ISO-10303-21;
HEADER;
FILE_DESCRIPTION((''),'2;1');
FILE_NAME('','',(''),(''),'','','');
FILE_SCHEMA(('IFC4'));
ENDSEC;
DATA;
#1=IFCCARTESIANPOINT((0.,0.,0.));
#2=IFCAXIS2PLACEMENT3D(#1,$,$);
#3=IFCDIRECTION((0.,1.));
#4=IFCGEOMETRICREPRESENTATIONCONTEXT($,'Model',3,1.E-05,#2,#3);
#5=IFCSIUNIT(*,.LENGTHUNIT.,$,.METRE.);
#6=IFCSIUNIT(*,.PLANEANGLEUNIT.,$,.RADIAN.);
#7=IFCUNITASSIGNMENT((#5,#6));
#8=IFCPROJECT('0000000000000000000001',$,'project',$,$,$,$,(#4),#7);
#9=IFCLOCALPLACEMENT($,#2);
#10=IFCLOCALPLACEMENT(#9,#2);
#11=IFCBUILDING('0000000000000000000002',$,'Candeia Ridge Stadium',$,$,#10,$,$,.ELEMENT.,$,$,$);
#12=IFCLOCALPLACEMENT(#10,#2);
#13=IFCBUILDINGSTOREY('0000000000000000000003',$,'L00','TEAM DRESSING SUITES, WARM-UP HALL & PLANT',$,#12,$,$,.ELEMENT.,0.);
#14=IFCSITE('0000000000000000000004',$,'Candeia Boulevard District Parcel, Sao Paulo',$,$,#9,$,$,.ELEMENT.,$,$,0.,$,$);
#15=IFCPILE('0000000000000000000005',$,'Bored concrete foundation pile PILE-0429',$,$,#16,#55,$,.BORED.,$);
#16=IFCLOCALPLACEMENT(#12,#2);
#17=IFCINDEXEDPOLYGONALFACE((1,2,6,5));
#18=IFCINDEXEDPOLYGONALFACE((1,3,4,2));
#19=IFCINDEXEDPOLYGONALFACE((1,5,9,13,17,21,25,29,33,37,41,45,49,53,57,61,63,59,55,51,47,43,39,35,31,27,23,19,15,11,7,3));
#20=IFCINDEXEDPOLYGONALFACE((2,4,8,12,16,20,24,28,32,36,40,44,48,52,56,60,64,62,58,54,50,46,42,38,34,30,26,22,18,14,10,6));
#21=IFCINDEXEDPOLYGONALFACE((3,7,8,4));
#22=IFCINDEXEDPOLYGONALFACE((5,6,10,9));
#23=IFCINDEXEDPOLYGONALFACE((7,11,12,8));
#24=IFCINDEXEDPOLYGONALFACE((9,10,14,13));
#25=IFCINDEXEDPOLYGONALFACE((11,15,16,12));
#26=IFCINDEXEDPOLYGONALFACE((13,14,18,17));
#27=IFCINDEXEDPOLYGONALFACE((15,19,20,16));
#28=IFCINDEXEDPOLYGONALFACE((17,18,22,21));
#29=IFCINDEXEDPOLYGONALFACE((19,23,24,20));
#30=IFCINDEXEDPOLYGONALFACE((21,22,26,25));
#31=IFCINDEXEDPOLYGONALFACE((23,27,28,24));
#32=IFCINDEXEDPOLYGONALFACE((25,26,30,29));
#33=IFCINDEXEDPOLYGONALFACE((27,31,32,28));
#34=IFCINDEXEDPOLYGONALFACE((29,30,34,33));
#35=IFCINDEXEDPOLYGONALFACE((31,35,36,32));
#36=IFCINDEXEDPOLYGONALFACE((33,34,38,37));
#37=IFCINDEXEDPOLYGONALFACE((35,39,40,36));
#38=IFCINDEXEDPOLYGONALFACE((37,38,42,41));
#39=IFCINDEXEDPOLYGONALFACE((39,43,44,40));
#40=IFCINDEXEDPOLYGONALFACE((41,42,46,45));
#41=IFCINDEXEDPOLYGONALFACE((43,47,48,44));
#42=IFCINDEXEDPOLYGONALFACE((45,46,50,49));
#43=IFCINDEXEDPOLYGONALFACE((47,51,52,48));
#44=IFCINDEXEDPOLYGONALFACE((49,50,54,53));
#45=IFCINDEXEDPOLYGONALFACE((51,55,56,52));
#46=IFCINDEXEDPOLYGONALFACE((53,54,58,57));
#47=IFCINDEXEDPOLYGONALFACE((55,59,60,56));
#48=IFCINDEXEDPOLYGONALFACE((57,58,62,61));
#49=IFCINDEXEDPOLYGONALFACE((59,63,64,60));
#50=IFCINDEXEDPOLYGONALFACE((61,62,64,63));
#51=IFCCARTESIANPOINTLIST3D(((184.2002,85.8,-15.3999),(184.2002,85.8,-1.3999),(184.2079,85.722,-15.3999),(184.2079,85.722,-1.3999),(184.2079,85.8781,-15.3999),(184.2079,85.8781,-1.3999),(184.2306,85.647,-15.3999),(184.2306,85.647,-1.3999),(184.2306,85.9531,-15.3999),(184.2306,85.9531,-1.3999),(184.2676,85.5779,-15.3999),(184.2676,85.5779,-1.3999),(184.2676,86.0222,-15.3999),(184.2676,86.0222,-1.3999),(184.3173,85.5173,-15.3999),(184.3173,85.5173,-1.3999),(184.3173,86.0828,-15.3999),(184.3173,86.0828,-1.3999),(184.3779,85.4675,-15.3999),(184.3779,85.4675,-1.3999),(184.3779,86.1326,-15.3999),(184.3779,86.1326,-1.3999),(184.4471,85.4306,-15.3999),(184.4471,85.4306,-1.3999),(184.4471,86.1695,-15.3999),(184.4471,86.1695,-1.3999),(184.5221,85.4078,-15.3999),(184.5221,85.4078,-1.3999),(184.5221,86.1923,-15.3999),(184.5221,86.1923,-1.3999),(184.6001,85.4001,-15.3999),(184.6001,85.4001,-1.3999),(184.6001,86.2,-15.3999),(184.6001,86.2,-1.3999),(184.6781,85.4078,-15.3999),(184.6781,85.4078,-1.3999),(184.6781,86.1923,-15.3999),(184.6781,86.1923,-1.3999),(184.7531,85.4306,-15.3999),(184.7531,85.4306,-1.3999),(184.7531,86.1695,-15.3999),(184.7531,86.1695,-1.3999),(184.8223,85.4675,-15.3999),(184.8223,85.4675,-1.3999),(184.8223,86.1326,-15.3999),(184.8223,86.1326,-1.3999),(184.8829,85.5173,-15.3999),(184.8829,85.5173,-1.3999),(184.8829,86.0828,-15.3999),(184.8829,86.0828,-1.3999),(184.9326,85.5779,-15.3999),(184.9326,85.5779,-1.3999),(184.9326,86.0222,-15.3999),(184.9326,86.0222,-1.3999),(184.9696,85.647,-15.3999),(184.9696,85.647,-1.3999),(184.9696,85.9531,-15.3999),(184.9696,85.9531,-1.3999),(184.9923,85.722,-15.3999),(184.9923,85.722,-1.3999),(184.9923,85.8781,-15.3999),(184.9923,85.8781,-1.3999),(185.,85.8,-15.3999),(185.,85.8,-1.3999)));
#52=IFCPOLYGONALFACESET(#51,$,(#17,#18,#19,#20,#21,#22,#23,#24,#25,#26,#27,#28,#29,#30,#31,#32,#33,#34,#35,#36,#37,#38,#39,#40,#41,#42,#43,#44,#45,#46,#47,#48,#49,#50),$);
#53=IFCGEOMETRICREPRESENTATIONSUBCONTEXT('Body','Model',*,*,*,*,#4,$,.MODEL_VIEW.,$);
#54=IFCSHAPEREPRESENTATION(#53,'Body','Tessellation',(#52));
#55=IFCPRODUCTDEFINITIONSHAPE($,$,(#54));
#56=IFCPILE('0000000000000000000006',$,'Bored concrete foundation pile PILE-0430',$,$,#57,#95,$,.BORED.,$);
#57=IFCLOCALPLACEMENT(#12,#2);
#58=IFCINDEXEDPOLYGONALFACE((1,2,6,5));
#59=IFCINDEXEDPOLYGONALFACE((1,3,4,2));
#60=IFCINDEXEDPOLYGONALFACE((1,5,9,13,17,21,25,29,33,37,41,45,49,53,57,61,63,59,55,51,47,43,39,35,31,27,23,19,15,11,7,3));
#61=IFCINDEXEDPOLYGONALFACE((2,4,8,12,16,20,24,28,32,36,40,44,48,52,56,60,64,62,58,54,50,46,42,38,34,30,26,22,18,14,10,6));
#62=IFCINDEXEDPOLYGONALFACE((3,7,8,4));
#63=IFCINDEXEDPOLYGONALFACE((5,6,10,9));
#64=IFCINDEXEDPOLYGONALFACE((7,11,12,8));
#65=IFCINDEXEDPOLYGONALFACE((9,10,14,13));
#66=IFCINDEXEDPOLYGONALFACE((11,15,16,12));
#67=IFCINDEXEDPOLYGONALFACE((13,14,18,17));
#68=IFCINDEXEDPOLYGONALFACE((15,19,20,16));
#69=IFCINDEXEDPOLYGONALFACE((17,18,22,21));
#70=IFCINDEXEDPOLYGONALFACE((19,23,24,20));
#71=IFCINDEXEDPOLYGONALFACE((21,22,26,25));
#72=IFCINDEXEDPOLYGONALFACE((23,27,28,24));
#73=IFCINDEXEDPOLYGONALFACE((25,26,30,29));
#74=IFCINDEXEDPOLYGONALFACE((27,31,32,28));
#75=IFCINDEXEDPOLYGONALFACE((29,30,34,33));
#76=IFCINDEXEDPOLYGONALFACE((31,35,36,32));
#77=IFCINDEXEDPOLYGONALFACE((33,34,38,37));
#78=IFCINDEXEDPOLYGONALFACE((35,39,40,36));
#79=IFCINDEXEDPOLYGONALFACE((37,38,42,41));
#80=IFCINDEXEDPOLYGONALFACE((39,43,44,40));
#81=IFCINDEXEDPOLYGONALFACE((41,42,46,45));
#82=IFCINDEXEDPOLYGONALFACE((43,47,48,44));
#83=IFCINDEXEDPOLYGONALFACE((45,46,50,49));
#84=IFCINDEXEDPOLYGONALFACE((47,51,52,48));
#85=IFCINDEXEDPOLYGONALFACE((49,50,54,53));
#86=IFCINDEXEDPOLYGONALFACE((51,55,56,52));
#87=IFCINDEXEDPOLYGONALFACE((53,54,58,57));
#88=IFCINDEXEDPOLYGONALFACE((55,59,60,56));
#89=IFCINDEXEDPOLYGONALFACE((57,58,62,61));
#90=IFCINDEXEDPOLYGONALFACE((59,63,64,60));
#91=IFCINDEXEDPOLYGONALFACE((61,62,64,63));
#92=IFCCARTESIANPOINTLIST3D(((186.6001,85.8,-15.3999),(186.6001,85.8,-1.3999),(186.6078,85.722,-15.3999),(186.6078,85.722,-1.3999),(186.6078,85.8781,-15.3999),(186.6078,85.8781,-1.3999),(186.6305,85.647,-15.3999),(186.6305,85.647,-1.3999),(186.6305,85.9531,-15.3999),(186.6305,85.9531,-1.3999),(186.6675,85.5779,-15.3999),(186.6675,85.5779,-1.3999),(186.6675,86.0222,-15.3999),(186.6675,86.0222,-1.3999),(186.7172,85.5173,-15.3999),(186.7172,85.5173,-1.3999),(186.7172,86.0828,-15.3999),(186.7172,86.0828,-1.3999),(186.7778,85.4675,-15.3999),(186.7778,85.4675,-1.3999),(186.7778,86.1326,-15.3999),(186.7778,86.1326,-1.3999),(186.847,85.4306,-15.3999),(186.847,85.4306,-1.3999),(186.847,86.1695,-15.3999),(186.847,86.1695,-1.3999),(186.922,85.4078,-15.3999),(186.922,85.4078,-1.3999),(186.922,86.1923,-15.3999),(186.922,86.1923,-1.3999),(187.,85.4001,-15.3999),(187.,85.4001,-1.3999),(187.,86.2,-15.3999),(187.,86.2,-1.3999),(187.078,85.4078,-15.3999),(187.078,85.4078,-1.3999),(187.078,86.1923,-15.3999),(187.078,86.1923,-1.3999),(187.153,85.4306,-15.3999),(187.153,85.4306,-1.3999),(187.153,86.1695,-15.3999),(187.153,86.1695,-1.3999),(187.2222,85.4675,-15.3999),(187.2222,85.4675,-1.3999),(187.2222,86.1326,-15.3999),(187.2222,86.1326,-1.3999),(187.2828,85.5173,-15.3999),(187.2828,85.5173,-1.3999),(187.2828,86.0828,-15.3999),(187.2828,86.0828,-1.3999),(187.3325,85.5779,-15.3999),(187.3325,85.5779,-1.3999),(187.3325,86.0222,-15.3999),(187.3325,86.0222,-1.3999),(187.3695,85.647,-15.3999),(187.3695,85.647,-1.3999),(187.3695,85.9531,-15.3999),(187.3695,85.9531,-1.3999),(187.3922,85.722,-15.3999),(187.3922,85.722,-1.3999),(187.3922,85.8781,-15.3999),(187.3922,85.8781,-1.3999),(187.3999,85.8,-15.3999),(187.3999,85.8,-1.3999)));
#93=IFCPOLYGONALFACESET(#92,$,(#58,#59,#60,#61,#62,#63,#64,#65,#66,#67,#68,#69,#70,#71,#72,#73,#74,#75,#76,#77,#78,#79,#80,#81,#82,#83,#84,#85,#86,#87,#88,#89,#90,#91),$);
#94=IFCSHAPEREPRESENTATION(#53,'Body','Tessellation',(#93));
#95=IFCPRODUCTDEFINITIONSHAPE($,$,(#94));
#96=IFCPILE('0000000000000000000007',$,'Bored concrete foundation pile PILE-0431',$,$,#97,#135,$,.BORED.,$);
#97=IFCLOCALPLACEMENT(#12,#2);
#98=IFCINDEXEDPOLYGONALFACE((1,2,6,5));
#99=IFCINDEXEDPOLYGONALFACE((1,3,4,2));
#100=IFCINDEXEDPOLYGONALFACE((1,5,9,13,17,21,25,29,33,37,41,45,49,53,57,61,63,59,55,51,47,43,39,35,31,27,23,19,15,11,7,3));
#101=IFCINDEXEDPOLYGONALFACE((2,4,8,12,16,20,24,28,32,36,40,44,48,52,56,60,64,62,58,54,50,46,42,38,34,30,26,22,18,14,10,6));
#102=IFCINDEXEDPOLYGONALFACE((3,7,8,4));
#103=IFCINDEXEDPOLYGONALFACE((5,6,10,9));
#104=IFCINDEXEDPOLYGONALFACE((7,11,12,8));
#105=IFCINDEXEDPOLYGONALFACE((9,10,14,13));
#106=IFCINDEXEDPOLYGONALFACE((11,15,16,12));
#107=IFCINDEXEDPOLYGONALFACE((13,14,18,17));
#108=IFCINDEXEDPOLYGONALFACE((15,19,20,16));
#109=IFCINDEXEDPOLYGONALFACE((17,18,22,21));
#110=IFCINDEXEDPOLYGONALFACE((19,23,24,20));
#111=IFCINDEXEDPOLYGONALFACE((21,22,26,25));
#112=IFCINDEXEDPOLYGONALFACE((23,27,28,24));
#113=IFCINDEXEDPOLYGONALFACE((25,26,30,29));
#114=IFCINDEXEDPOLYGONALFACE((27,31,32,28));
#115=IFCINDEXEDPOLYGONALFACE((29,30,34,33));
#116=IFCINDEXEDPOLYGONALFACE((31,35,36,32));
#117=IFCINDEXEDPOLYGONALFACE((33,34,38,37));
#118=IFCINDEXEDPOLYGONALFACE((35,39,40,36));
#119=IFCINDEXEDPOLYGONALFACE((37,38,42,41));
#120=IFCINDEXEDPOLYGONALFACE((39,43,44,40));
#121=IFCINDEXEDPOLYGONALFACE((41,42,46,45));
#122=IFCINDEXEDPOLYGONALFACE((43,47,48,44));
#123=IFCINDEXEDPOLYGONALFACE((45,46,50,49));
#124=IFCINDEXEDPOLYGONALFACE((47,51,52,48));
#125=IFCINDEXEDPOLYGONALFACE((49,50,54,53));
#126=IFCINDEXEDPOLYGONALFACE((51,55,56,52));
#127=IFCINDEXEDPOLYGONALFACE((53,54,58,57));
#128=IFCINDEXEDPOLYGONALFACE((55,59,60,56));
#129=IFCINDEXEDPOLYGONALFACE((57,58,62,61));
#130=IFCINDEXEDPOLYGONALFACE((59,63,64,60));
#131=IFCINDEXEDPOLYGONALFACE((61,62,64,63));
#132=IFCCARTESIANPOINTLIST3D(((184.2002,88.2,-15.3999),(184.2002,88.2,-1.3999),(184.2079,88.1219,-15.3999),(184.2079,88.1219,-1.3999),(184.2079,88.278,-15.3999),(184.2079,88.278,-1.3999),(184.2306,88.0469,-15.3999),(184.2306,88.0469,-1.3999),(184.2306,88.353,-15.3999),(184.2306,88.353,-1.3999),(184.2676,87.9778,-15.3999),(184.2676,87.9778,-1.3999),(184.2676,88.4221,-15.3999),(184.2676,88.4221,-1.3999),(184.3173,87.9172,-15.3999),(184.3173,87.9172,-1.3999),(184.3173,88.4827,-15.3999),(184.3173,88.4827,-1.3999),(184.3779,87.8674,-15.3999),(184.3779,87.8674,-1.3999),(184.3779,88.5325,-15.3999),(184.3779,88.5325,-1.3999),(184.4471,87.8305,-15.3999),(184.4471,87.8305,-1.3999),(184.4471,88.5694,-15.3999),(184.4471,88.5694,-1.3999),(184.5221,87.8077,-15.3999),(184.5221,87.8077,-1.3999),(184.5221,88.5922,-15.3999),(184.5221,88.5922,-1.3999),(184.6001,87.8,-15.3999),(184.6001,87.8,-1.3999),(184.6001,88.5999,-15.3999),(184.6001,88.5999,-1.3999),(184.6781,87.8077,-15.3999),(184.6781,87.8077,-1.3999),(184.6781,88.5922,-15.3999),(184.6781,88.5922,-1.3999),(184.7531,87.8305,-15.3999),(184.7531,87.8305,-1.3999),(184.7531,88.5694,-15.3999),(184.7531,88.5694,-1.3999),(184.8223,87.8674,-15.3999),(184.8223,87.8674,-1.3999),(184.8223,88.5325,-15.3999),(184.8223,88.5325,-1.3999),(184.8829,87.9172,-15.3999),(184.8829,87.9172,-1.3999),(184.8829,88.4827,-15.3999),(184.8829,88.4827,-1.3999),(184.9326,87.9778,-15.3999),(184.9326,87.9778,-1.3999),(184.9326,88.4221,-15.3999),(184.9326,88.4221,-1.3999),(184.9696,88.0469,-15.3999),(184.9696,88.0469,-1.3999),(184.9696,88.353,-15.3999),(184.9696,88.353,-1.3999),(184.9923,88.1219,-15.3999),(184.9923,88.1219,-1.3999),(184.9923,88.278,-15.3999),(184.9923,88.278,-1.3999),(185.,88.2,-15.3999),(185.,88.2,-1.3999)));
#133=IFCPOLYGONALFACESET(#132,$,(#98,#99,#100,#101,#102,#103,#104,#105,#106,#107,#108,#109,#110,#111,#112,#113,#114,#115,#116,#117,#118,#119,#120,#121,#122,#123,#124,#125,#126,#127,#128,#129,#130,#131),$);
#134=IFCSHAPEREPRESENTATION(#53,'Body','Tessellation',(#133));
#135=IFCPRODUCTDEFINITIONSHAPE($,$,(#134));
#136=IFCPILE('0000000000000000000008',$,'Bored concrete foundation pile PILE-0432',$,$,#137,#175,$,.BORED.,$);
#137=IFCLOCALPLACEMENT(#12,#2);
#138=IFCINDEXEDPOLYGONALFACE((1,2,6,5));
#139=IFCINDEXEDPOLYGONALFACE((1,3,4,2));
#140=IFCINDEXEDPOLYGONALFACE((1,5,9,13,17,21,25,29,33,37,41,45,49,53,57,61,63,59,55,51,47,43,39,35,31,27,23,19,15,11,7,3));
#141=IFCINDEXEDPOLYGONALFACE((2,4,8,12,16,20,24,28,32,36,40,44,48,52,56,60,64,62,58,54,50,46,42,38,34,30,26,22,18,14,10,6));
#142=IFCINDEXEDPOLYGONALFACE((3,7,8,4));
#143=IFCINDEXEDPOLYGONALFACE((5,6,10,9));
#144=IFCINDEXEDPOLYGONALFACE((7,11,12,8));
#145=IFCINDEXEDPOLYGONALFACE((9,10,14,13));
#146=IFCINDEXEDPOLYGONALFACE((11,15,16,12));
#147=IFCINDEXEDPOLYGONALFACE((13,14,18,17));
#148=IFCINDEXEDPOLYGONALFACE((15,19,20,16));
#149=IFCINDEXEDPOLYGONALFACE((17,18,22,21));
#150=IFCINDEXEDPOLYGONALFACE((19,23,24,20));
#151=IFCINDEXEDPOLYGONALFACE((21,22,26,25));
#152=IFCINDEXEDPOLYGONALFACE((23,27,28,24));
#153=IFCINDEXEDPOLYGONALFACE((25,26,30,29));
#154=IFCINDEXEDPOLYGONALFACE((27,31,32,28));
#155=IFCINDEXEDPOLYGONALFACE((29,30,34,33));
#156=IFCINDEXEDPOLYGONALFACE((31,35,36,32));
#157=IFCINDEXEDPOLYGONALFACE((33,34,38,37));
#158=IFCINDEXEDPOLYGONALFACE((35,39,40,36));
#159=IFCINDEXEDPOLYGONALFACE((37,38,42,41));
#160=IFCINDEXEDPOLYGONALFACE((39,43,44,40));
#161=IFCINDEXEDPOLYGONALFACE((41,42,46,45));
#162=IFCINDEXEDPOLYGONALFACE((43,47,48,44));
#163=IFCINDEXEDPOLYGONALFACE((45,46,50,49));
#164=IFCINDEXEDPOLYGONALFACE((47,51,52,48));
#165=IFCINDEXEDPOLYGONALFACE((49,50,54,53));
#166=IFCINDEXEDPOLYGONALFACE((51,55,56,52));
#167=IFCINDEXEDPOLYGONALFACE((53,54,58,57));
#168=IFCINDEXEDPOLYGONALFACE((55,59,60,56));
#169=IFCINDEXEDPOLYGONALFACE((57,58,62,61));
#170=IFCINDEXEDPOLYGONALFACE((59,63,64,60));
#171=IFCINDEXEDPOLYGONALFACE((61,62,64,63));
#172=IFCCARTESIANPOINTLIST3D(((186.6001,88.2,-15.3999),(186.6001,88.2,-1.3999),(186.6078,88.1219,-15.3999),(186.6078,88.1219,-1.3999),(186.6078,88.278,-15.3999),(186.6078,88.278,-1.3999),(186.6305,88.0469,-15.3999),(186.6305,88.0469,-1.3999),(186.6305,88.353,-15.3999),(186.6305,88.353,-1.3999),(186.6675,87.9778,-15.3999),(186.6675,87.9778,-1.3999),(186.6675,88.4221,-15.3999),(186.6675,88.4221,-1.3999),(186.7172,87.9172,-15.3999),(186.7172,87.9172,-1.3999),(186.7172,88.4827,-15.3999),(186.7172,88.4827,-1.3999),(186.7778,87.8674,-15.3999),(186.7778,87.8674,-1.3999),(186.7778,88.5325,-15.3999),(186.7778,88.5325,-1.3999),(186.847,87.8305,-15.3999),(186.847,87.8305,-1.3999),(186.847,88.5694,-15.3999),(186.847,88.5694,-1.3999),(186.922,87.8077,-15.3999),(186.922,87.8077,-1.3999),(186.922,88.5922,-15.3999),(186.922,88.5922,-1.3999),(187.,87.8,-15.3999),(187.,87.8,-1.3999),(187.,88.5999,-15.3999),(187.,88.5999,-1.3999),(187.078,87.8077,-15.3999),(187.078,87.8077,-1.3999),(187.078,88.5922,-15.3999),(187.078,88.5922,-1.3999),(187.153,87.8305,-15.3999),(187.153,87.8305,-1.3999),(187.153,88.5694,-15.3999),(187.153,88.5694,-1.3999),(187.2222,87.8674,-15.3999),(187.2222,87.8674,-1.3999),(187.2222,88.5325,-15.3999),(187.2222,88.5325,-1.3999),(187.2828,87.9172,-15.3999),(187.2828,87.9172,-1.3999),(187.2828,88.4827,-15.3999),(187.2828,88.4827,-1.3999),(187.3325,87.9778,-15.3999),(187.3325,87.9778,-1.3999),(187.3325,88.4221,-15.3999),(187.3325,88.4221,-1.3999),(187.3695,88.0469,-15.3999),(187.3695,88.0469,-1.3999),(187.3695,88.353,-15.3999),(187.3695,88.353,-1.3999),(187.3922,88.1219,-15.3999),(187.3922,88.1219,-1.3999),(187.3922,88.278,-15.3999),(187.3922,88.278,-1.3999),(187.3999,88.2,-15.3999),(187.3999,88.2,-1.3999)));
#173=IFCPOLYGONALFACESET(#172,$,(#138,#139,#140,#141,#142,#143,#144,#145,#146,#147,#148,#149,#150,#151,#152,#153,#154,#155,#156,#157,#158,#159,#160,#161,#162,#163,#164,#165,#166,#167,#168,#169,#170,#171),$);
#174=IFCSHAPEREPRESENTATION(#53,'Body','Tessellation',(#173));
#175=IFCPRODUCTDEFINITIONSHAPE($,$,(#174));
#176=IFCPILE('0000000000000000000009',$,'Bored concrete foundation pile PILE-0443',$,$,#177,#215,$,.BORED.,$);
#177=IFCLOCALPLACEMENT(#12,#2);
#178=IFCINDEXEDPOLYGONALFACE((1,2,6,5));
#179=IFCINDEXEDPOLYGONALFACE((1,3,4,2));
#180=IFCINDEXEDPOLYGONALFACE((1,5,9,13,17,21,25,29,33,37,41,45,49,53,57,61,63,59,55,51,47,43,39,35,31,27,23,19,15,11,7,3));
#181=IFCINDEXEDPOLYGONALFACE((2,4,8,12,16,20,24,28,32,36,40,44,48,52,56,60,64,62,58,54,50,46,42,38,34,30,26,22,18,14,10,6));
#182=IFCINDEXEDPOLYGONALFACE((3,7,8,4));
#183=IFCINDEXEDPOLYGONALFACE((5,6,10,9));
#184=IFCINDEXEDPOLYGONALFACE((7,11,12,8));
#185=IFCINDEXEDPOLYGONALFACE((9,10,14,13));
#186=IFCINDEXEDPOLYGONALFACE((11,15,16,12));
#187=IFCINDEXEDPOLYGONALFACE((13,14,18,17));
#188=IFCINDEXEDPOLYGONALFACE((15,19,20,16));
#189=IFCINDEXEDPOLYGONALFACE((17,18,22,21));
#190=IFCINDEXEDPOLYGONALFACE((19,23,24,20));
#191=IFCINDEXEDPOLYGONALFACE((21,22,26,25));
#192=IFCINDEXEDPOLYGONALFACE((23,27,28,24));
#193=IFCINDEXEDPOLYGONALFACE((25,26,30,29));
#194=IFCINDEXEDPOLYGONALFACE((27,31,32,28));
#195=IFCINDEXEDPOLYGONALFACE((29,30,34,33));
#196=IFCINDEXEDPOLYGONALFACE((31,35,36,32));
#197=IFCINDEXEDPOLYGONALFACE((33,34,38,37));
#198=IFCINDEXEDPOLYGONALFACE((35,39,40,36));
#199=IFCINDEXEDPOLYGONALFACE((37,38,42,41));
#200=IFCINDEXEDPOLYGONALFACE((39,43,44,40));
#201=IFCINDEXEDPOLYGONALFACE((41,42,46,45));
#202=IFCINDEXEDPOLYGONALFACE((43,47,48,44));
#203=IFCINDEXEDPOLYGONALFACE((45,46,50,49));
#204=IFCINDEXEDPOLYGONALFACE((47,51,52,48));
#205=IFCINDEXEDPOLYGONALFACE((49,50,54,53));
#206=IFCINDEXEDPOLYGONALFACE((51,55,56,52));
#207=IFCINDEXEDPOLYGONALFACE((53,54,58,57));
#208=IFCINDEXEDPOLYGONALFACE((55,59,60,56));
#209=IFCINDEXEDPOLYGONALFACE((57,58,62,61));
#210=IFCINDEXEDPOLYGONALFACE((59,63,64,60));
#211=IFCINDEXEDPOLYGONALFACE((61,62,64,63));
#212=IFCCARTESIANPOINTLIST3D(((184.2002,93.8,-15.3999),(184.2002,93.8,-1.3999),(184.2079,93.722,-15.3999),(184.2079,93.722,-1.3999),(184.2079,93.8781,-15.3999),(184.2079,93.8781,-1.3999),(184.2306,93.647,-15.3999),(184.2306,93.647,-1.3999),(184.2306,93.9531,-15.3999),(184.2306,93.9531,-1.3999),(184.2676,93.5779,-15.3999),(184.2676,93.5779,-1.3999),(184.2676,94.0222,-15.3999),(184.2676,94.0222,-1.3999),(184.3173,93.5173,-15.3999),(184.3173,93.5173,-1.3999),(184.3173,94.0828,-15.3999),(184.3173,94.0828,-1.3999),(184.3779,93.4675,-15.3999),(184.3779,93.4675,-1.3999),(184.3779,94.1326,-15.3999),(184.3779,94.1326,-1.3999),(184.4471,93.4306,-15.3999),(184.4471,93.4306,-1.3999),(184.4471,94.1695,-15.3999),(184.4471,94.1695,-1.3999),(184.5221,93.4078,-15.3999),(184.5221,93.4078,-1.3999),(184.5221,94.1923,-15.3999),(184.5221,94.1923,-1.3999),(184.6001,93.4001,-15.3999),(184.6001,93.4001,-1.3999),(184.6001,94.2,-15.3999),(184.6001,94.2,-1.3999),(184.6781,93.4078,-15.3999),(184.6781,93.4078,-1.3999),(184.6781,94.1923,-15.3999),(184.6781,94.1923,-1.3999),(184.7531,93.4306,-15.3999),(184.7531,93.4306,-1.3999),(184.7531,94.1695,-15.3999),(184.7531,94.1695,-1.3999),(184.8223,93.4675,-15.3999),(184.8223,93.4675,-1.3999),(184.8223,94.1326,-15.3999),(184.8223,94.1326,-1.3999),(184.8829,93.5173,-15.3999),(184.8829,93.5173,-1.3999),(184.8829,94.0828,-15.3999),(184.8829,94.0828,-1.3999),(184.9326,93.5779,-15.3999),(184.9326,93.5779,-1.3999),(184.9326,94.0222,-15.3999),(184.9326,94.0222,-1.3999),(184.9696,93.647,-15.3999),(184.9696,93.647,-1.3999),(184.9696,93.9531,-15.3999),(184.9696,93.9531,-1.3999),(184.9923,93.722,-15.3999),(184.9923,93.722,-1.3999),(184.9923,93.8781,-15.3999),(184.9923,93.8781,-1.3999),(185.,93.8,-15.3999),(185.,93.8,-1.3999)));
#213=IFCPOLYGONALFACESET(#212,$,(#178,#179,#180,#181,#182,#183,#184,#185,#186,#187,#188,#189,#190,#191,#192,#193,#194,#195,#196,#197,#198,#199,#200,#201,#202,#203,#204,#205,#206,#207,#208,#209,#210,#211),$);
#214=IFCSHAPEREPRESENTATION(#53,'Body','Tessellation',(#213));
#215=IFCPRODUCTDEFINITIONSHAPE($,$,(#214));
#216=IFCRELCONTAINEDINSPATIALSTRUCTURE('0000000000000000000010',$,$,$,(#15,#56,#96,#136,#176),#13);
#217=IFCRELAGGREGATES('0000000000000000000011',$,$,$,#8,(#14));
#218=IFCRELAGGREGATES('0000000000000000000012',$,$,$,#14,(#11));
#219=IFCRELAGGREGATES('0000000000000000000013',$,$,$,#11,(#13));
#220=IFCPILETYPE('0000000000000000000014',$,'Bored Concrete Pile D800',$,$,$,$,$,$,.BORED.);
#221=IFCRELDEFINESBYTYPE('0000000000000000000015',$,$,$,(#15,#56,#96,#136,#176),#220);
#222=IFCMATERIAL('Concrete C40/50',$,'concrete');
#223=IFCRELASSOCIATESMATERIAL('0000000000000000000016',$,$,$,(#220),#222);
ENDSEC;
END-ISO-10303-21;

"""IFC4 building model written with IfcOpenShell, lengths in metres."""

from ifc_helpers import new_model, si_unit, direction, frame, origin, origin_2d, place, context, subcontext, project, spatial, circle, extrude, material, material_profile, profile_set, type_object, element, save


model = new_model("IFC4")

# Units and contexts
model_context = context("Model", 3, precision=1e-05, world=origin(), true_north=direction((0.0, 1.0)))
body_context = subcontext(model_context, "Body", "Model", "MODEL_VIEW")
ifc_project = project(units=[si_unit("LENGTHUNIT", "METRE"), si_unit("PLANEANGLEUNIT", "RADIAN")], contexts=[model_context])

# Site, building, storey
site_placement = place(None, origin())
site = spatial("IfcSite", under=ifc_project, at=site_placement, Name="Candeia Boulevard District Parcel, Sao Paulo", CompositionType="ELEMENT", RefElevation=0.0)
building_placement = place(site_placement, origin())
building = spatial("IfcBuilding", under=site, at=building_placement, Name="Candeia Ridge Stadium", CompositionType="ELEMENT")
storey_placement = place(building_placement, origin())
storey = spatial("IfcBuildingStorey", under=building, at=storey_placement, Name="L00", Description="TEAM DRESSING SUITES, WARM-UP HALL & PLANT", CompositionType="ELEMENT", Elevation=0.0)

# Piles
ifc_material_1 = material(Name="Concrete C40/50", Category="concrete")
ifc_material_profile_1 = material_profile(ifc_material_1, circle(Radius=0.3999, at=origin_2d()), Name="PILE-D800", Category="concrete")
ifc_profile_set_1 = profile_set([ifc_material_profile_1], Name="Concrete C40/50")
pile_type_1 = type_object("IfcPileType", Name="Bored Concrete Pile D800", PredefinedType="BORED", material=ifc_profile_set_1)
for number, where, z_axis, x_axis, name in (
    (1, (184.6001, 85.8, -1.3999), (0.0, 0.0, -1.0), (1.0, 0.0, 0.0), "Bored concrete foundation pile PILE-0429"),
    (2, (187.0, 85.8, -1.3999), (0.0, 0.0, -1.0), (1.0, 0.0, 0.0), "Bored concrete foundation pile PILE-0430"),
    (3, (184.6001, 88.2, -1.3999), (0.0, 0.0, -1.0), (1.0, 0.0, 0.0), "Bored concrete foundation pile PILE-0431"),
    (4, (187.0, 88.2, -1.3999), (0.0, 0.0, -1.0), (1.0, 0.0, 0.0), "Bored concrete foundation pile PILE-0432"),
    (5, (184.6001, 93.8, -1.3999), (0.0, 0.0, -1.0), (1.0, 0.0, 0.0), "Bored concrete foundation pile PILE-0443"),
):
    element("IfcPile", number, at=place(storey_placement, frame(where, z_axis=z_axis, x_axis=x_axis)), inside=storey, type_object=pile_type_1, Name=name, PredefinedType="BORED", context=body_context, shape_type="SweptSolid", body=[
        extrude(circle(Radius=0.3999, at=origin_2d()), origin(), (0.0, 0.0, 1.0), 14.0),
    ])

save(model, "model.ifc")
